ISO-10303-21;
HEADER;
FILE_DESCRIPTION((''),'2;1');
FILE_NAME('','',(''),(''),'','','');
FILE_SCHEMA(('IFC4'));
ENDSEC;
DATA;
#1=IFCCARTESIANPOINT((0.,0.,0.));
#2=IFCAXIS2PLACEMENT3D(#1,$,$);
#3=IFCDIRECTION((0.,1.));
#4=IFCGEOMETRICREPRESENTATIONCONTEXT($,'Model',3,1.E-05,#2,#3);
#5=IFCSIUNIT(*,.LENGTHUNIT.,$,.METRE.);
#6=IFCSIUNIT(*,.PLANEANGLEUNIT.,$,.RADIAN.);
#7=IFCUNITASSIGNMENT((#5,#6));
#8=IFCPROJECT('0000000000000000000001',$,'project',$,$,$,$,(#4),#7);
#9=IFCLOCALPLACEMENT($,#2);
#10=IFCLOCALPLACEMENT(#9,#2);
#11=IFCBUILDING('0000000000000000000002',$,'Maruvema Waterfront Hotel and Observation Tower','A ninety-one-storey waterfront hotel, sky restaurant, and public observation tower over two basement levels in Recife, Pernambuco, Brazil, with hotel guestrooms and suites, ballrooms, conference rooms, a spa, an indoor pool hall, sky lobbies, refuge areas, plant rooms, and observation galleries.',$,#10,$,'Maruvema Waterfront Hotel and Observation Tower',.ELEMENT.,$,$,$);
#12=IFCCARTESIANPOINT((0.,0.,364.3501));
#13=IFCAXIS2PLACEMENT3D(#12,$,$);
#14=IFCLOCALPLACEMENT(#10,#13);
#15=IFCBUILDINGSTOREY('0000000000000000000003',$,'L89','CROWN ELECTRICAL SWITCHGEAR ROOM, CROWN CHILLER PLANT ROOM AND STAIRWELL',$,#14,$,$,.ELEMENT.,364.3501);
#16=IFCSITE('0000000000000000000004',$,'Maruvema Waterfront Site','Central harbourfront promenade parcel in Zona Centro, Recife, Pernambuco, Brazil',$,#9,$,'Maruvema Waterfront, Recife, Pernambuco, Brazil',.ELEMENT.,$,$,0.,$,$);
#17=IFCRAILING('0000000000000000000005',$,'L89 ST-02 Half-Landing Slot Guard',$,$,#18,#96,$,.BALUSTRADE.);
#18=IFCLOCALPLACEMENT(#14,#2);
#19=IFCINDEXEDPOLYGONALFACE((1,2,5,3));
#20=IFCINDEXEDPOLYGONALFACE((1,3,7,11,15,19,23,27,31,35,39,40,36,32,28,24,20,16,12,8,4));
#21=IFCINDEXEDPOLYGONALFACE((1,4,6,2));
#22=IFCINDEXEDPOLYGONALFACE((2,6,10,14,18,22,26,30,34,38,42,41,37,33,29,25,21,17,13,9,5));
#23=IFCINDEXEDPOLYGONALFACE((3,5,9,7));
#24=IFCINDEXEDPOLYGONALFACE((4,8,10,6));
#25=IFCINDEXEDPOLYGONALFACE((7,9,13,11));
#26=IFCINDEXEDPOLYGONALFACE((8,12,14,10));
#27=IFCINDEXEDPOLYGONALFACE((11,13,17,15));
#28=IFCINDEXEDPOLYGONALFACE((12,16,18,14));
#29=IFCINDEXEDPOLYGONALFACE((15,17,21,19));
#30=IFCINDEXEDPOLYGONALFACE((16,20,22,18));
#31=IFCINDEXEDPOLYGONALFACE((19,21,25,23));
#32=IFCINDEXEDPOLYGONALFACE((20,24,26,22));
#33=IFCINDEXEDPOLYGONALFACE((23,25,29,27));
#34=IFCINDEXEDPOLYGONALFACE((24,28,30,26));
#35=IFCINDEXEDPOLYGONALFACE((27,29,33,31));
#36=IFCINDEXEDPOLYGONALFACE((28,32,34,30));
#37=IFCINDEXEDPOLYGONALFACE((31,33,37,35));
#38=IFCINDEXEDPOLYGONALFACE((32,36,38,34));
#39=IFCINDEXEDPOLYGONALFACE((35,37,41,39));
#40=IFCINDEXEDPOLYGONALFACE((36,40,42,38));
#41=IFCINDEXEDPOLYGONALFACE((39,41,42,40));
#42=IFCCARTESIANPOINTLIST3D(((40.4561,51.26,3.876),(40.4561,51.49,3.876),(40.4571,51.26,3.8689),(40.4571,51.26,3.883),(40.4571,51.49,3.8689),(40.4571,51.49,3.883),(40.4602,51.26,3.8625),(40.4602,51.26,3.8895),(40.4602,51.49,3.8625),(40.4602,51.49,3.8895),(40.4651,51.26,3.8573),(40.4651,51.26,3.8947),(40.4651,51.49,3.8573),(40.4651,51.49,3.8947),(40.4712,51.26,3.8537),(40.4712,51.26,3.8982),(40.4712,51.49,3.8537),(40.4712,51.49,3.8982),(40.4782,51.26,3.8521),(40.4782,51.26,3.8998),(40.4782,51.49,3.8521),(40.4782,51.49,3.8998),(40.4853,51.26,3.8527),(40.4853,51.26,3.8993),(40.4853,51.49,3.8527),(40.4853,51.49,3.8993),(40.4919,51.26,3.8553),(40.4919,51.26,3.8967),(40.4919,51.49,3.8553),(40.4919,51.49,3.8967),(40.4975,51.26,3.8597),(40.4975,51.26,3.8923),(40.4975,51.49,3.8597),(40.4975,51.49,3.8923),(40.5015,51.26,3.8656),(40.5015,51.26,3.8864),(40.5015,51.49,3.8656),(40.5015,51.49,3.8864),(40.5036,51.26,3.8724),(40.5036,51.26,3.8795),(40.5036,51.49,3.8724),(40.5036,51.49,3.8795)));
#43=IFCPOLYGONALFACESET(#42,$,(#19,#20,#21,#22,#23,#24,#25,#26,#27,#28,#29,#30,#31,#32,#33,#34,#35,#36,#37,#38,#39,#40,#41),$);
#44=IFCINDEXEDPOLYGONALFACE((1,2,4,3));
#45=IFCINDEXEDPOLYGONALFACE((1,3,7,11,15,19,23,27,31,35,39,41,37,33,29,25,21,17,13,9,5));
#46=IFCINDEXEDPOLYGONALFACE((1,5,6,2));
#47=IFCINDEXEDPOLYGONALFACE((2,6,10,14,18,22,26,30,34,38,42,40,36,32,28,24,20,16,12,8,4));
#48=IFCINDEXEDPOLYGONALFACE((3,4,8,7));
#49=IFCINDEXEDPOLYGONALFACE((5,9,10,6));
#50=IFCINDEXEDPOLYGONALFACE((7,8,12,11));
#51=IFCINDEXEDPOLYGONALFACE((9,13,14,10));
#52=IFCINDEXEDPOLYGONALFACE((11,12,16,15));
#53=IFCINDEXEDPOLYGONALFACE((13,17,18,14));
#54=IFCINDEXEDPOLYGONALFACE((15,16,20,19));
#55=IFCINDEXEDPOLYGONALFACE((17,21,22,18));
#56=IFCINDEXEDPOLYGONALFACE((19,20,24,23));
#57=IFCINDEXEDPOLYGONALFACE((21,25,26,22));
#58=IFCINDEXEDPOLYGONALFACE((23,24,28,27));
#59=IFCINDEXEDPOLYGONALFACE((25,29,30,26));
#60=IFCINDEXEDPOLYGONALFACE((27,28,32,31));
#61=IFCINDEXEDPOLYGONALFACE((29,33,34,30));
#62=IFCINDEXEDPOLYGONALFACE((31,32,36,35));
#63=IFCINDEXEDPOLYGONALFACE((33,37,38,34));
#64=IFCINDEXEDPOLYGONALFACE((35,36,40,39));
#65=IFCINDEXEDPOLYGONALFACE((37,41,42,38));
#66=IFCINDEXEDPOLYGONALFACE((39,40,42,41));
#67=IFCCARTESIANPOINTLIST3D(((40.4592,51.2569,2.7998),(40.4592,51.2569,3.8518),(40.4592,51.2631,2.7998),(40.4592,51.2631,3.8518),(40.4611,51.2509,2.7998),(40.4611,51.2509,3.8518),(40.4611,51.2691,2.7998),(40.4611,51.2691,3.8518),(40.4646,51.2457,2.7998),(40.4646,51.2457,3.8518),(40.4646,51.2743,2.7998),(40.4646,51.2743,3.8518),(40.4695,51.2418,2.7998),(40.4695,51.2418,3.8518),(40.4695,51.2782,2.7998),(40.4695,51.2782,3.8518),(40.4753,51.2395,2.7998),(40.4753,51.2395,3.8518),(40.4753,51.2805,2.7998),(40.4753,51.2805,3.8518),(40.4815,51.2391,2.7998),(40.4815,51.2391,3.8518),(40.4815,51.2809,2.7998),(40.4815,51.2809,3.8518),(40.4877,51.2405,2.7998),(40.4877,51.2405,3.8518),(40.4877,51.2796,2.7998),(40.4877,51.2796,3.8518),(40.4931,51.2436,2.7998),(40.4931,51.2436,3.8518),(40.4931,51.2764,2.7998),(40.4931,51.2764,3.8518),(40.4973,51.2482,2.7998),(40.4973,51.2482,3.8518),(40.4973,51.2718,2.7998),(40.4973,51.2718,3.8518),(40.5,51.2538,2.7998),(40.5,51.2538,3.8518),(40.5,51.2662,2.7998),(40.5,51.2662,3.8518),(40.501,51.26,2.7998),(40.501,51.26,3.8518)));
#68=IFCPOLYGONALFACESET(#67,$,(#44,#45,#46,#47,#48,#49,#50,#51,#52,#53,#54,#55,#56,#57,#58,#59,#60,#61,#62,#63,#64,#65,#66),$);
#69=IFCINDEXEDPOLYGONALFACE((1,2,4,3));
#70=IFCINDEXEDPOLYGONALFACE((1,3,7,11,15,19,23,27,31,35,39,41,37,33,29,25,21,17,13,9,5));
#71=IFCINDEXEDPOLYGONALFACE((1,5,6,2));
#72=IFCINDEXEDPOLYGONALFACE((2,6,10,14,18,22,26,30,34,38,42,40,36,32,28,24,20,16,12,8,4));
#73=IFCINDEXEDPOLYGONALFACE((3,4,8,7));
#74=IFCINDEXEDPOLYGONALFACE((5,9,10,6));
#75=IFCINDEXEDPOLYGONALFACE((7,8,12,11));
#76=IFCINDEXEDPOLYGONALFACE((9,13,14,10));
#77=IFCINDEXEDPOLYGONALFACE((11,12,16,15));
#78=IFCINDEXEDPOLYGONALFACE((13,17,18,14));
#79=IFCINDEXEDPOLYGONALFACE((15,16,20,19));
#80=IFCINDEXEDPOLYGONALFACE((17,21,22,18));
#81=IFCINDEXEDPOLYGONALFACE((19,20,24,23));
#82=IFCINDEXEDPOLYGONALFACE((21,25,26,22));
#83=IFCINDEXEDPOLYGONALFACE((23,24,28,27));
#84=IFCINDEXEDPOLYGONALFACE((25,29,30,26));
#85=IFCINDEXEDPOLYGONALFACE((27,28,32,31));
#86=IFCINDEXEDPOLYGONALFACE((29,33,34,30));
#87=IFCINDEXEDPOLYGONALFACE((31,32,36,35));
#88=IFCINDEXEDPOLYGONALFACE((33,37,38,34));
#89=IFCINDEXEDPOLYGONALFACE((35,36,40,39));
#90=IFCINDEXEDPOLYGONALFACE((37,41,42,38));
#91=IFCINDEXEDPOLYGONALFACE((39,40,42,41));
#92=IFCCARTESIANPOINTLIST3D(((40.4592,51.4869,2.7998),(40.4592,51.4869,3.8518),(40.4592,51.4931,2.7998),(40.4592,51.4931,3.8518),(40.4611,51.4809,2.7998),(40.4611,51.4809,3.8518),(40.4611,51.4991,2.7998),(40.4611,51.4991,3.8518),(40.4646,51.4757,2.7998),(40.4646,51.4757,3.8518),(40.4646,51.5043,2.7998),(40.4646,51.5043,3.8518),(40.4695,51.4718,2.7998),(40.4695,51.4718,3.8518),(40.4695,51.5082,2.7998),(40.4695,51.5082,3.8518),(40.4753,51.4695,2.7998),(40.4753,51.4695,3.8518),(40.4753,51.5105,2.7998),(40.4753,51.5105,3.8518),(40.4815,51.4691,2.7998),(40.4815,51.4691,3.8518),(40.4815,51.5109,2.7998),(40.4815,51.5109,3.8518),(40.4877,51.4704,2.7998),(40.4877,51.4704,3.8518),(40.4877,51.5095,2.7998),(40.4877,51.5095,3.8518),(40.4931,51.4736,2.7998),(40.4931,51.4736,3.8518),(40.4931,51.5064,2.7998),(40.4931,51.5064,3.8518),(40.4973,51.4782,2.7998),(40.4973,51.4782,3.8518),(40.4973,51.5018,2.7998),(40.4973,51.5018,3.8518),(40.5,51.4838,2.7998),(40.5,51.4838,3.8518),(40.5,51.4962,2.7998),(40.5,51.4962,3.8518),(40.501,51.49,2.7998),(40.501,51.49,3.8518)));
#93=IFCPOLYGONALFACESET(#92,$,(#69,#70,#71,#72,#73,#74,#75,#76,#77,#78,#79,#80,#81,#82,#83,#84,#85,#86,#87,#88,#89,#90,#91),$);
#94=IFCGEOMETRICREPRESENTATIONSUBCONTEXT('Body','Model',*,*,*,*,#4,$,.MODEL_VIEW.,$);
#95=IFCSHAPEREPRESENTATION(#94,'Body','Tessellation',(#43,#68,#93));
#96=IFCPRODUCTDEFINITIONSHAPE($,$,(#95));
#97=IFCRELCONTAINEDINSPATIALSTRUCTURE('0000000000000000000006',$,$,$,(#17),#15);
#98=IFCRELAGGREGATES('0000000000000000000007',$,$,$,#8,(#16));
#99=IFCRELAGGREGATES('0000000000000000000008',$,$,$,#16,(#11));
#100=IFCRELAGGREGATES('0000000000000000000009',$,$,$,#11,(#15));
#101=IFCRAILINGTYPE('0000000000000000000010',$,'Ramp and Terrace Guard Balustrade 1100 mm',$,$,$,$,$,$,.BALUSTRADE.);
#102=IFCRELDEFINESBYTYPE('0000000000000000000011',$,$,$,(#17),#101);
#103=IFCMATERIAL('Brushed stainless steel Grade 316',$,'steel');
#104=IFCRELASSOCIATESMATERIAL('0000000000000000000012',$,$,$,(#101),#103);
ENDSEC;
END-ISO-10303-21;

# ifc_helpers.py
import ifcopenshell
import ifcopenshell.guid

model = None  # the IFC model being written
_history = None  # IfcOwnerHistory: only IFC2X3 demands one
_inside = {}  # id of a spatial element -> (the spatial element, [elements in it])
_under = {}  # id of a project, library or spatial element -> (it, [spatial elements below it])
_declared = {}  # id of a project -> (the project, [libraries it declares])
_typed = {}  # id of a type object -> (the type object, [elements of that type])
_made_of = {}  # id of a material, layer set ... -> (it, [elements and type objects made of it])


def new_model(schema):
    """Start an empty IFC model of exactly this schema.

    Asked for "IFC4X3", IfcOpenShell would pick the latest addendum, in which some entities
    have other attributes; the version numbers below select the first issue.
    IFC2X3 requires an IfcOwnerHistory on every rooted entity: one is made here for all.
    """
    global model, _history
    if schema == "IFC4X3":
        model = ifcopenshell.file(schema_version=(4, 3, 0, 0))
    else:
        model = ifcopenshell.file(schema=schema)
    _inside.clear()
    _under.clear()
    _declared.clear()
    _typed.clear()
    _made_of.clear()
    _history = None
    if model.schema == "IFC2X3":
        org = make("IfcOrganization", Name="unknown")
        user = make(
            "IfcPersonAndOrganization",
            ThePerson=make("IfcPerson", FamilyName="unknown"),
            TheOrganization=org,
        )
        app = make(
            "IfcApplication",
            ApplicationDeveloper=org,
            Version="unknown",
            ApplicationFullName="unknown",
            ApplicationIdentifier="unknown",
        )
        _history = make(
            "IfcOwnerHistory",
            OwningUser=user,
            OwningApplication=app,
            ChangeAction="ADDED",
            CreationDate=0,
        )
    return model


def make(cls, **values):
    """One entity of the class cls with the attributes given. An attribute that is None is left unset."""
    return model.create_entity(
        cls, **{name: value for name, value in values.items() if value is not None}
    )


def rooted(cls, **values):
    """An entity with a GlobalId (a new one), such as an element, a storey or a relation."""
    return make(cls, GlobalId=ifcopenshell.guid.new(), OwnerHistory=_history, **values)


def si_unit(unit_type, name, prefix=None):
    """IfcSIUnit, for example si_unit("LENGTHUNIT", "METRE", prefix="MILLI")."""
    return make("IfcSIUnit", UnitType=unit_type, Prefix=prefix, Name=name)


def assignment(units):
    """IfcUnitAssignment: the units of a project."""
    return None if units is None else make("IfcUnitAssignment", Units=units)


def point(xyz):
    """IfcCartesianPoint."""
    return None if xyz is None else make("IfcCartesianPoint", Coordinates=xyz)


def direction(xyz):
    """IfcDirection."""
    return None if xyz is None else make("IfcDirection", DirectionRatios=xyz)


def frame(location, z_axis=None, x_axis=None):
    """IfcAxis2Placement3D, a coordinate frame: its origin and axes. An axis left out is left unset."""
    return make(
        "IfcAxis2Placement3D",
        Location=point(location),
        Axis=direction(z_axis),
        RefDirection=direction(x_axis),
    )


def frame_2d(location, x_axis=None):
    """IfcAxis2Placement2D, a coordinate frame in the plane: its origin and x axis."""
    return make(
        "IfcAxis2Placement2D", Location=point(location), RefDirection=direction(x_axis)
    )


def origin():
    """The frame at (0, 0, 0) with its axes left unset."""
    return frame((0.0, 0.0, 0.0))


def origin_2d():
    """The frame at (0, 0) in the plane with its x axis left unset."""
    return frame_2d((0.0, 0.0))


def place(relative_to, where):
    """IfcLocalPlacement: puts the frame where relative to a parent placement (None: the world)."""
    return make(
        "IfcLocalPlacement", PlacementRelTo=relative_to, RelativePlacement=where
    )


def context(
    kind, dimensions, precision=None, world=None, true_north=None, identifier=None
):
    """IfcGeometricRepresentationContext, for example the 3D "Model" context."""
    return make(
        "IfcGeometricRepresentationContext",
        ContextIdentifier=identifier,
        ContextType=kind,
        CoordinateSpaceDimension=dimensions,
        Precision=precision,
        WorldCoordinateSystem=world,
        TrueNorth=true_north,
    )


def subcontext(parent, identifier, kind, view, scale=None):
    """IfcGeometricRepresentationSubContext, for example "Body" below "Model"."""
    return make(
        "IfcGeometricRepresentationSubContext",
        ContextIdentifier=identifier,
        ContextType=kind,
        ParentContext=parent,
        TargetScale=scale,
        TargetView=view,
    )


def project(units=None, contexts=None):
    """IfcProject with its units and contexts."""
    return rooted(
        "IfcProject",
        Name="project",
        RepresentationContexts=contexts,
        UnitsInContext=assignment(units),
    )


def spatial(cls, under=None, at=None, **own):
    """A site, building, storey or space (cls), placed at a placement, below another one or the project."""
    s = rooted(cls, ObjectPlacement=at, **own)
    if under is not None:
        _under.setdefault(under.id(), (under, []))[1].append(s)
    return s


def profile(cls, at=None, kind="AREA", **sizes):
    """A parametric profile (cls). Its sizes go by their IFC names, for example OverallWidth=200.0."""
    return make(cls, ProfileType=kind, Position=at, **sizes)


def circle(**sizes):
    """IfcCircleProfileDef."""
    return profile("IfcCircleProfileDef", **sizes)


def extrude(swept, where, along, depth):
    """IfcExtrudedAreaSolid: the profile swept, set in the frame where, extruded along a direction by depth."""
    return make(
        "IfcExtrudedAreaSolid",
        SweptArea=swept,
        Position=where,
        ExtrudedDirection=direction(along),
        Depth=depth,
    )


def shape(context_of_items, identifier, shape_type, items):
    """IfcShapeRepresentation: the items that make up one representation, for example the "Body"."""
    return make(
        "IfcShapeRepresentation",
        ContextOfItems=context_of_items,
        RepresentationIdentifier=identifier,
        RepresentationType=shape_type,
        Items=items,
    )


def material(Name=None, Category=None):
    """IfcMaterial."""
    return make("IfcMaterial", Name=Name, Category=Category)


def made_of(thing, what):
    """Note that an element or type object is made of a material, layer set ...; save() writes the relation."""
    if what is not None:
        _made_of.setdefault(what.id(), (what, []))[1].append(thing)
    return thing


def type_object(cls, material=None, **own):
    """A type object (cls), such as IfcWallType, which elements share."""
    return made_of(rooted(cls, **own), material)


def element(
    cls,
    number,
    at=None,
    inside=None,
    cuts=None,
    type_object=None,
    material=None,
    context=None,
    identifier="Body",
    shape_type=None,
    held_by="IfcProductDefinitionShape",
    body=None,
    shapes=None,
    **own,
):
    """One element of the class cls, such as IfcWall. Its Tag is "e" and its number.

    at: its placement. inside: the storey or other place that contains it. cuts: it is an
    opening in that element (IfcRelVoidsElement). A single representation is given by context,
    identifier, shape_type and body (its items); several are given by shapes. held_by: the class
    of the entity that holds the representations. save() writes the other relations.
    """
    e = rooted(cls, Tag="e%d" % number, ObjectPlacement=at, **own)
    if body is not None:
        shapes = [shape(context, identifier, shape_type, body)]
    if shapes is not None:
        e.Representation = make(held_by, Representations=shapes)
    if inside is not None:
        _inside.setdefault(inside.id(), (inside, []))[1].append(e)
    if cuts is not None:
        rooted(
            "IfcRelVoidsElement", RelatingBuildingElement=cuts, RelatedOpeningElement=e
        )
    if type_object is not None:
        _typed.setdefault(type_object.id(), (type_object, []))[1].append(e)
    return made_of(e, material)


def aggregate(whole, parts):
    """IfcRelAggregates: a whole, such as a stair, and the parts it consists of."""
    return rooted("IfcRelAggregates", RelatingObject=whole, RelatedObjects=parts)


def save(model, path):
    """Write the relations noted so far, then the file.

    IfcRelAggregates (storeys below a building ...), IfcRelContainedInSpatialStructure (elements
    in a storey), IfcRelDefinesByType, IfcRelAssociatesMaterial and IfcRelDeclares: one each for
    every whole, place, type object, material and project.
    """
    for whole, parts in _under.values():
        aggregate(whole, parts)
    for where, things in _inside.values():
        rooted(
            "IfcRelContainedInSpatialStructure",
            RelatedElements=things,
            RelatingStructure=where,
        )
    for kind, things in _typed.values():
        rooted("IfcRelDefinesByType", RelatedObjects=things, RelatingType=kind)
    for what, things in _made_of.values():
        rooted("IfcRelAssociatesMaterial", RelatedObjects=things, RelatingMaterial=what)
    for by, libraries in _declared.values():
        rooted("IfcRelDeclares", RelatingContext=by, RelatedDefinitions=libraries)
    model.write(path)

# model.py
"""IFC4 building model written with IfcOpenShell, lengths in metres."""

from ifc_helpers import new_model, si_unit, direction, frame, origin, origin_2d, place, context, subcontext, project, spatial, circle, extrude, material, type_object, element, save


model = new_model("IFC4")

# Units and contexts
model_context = context("Model", 3, precision=1e-05, world=origin(), true_north=direction((0.0, 1.0)))
body_context = subcontext(model_context, "Body", "Model", "MODEL_VIEW")
ifc_project = project(units=[si_unit("LENGTHUNIT", "METRE"), si_unit("PLANEANGLEUNIT", "RADIAN")], contexts=[model_context])

# Site, building, storey
site_placement = place(None, origin())
site = spatial("IfcSite", under=ifc_project, at=site_placement, Name="Maruvema Waterfront Site", Description="Central harbourfront promenade parcel in Zona Centro, Recife, Pernambuco, Brazil", LongName="Maruvema Waterfront, Recife, Pernambuco, Brazil", CompositionType="ELEMENT", RefElevation=0.0)
building_placement = place(site_placement, origin())
building = spatial("IfcBuilding", under=site, at=building_placement, Name="Maruvema Waterfront Hotel and Observation Tower", Description="A ninety-one-storey waterfront hotel, sky restaurant, and public observation tower over two basement levels in Recife, Pernambuco, Brazil, with hotel guestrooms and suites, ballrooms, conference rooms, a spa, an indoor pool hall, sky lobbies, refuge areas, plant rooms, and observation galleries.", LongName="Maruvema Waterfront Hotel and Observation Tower", CompositionType="ELEMENT")
storey_placement = place(building_placement, frame((0.0, 0.0, 364.3501)))
storey = spatial("IfcBuildingStorey", under=building, at=storey_placement, Name="L89", Description="CROWN ELECTRICAL SWITCHGEAR ROOM, CROWN CHILLER PLANT ROOM AND STAIRWELL", CompositionType="ELEMENT", Elevation=364.3501)

# Railing
ifc_material_1 = material(Name="Brushed stainless steel Grade 316", Category="steel")
railing_type = type_object("IfcRailingType", Name="Ramp and Terrace Guard Balustrade 1100 mm", PredefinedType="BALUSTRADE", material=ifc_material_1)
railing_placement = place(storey_placement, frame((40.48, 51.26, 2.7998)))
element("IfcRailing", 1, at=railing_placement, inside=storey, type_object=railing_type, Name="L89 ST-02 Half-Landing Slot Guard", PredefinedType="BALUSTRADE", context=body_context, shape_type="SweptSolid", body=[
    extrude(circle(Radius=0.0239, at=origin_2d()), frame((0.0, 0.0, 1.0762), z_axis=(0.0, 1.0, 0.0), x_axis=(-1.0, 0.0, 0.0)), (0.0, 0.0, 1.0), 0.23),
    extrude(circle(Radius=0.021, at=origin_2d()), origin(), (0.0, 0.0, 1.0), 1.052),
    extrude(circle(Radius=0.021, at=origin_2d()), frame((0.0, 0.23, 0.0)), (0.0, 0.0, 1.0), 1.052),
])

save(model, "model.ifc")
